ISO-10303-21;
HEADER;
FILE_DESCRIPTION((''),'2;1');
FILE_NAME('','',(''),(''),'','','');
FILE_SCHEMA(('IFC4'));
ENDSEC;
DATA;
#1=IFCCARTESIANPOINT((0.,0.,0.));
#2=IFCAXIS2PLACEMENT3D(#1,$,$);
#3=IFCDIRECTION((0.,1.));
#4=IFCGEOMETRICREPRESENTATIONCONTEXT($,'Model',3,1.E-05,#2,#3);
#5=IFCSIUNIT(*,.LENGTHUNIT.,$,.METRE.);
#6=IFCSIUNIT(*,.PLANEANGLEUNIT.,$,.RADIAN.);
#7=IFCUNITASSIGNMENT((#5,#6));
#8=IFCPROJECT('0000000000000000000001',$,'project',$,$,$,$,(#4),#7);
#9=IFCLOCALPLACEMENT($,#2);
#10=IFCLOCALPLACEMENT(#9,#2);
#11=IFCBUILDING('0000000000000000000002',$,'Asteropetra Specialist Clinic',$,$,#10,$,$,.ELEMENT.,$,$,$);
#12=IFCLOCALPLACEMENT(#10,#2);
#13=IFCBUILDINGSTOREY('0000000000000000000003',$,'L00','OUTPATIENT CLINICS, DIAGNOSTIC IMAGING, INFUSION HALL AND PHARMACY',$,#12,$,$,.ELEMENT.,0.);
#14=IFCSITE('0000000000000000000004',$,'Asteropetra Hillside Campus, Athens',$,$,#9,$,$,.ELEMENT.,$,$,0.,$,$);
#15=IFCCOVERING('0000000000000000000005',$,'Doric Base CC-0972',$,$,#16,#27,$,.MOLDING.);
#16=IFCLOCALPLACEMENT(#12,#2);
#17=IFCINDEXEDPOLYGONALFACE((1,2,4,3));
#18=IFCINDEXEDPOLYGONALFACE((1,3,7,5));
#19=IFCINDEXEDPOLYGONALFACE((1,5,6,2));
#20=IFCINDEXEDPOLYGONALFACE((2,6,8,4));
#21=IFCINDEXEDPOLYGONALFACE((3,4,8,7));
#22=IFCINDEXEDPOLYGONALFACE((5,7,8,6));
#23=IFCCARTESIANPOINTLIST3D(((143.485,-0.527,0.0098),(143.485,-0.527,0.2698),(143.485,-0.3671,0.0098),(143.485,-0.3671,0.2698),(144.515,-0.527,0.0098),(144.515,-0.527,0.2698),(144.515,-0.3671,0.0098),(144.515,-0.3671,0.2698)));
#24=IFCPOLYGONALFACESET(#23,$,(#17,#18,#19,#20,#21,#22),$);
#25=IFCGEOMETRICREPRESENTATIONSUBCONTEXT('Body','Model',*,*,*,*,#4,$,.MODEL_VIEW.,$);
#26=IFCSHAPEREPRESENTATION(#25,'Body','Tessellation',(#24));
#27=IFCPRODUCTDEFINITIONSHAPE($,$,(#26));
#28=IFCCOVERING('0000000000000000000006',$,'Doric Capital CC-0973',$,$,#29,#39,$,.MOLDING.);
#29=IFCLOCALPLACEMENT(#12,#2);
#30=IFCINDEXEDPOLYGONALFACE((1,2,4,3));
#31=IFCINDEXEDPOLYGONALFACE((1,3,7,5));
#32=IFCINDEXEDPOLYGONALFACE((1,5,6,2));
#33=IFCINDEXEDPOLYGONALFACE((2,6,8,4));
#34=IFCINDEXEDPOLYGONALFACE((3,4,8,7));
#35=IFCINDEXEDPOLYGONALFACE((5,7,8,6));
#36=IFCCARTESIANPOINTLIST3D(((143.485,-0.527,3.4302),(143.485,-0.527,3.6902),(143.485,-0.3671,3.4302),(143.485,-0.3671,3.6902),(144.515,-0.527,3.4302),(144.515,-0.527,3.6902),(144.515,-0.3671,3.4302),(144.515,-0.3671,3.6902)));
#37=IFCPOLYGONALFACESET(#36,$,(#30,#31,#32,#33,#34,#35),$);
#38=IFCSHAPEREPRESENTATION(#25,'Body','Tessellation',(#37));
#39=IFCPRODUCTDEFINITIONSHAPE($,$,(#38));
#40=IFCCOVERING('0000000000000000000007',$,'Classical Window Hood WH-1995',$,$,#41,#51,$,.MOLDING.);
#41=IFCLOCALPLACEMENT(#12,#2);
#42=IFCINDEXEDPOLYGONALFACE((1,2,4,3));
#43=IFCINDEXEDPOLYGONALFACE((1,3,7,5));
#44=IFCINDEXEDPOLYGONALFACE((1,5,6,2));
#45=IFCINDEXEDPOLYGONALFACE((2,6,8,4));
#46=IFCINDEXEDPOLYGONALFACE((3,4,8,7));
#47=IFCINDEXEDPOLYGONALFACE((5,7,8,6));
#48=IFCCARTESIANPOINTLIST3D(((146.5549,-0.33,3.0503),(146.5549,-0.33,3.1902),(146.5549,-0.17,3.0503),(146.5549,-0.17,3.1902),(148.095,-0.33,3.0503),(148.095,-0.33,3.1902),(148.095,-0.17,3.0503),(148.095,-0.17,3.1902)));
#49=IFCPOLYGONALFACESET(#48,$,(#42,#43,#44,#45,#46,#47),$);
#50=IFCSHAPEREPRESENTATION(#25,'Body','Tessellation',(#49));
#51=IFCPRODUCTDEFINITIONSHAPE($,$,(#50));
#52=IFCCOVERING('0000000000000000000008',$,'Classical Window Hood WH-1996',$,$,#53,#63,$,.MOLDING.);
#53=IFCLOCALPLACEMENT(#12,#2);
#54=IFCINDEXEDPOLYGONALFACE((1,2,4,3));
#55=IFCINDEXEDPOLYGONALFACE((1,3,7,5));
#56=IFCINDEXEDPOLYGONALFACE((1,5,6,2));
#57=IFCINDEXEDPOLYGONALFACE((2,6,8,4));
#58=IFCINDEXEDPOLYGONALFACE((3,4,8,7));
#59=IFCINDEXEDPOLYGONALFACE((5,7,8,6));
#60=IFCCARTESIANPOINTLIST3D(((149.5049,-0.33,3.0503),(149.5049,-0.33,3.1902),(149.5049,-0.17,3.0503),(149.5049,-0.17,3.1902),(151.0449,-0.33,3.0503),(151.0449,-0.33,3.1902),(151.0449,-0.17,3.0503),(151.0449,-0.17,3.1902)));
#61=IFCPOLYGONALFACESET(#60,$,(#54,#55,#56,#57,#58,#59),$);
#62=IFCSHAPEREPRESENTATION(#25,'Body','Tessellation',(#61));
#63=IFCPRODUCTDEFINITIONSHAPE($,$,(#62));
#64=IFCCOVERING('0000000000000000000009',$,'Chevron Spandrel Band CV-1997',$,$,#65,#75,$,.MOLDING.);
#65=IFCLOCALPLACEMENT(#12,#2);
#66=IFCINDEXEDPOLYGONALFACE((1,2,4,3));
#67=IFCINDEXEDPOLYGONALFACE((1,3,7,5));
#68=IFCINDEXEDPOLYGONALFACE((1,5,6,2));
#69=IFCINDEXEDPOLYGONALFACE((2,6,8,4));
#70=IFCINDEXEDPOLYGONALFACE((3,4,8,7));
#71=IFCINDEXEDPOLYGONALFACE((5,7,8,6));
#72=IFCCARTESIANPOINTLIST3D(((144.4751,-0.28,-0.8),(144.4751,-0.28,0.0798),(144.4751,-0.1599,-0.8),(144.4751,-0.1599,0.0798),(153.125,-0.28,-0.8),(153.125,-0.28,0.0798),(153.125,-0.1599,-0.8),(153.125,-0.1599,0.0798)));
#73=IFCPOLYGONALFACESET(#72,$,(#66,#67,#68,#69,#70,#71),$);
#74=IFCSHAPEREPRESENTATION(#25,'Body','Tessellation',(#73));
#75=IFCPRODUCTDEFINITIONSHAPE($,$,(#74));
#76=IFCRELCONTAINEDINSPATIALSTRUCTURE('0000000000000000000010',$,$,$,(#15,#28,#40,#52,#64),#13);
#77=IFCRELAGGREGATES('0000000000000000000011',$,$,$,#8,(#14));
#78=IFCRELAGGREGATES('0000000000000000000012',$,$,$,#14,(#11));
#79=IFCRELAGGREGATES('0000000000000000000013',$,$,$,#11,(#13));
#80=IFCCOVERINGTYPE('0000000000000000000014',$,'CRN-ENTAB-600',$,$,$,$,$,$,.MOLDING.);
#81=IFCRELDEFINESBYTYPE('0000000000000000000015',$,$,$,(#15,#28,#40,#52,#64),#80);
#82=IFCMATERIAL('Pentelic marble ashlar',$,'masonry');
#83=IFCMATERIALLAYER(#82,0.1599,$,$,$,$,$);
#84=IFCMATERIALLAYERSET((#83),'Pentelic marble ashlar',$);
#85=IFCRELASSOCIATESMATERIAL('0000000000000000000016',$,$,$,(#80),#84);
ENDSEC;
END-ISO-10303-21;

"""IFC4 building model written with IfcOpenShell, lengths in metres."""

from ifc_helpers import new_model, si_unit, direction, frame, origin, origin_2d, place, context, subcontext, project, spatial, rectangle, extrude, material, layer, layer_set, type_object, element, save


model = new_model("IFC4")

# Units and contexts
model_context = context("Model", 3, precision=1e-05, world=origin(), true_north=direction((0.0, 1.0)))
body_context = subcontext(model_context, "Body", "Model", "MODEL_VIEW")
ifc_project = project(units=[si_unit("LENGTHUNIT", "METRE"), si_unit("PLANEANGLEUNIT", "RADIAN")], contexts=[model_context])

# Site, building, storey
site_placement = place(None, origin())
site = spatial("IfcSite", under=ifc_project, at=site_placement, Name="Asteropetra Hillside Campus, Athens", CompositionType="ELEMENT", RefElevation=0.0)
building_placement = place(site_placement, origin())
building = spatial("IfcBuilding", under=site, at=building_placement, Name="Asteropetra Specialist Clinic", CompositionType="ELEMENT")
storey_placement = place(building_placement, origin())
storey = spatial("IfcBuildingStorey", under=building, at=storey_placement, Name="L00", Description="OUTPATIENT CLINICS, DIAGNOSTIC IMAGING, INFUSION HALL AND PHARMACY", CompositionType="ELEMENT", Elevation=0.0)

# Coverings
ifc_material_1 = material(Name="Pentelic marble ashlar", Category="masonry")
ifc_layer_1 = layer(ifc_material_1, 0.1599)
ifc_layer_set_1 = layer_set([ifc_layer_1], Name="Pentelic marble ashlar")
covering_type = type_object("IfcCoveringType", Name="CRN-ENTAB-600", PredefinedType="MOLDING", material=ifc_layer_set_1)
for number, where, z_axis, x_axis, name in (
    (1, (144.0, -0.447, 0.0098), (0.0, 0.0, 1.0), (1.0, 0.0, 0.0), "Doric Base CC-0972"),
    (2, (144.0, -0.447, 3.4302), (0.0, 0.0, 1.0), (1.0, 0.0, 0.0), "Doric Capital CC-0973"),
):
    element("IfcCovering", number, at=place(storey_placement, frame(where, z_axis=z_axis, x_axis=x_axis)), inside=storey, type_object=covering_type, Name=name, PredefinedType="MOLDING", context=body_context, shape_type="SweptSolid", body=[
        extrude(rectangle(XDim=1.03, YDim=0.1599, at=origin_2d()), origin(), (0.0, 0.0, 1.0), 0.26),
    ])
for number, where, z_axis, x_axis, name in (
    (3, (147.325, -0.25, 3.0503), (0.0, 0.0, 1.0), (1.0, 0.0, 0.0), "Classical Window Hood WH-1995"),
    (4, (150.2749, -0.25, 3.0503), (0.0, 0.0, 1.0), (1.0, 0.0, 0.0), "Classical Window Hood WH-1996"),
):
    element("IfcCovering", number, at=place(storey_placement, frame(where, z_axis=z_axis, x_axis=x_axis)), inside=storey, type_object=covering_type, Name=name, PredefinedType="MOLDING", context=body_context, shape_type="SweptSolid", body=[
        extrude(rectangle(XDim=1.54, YDim=0.1599, at=origin_2d()), origin(), (0.0, 0.0, 1.0), 0.1399),
    ])
covering_1_placement = place(storey_placement, frame((148.8, -0.22, -0.8), z_axis=(0.0, 0.0, 1.0), x_axis=(1.0, 0.0, 0.0)))
element("IfcCovering", 5, at=covering_1_placement, inside=storey, type_object=covering_type, Name="Chevron Spandrel Band CV-1997", PredefinedType="MOLDING", context=body_context, shape_type="SweptSolid", body=[
    extrude(rectangle(XDim=8.6499, YDim=0.1201, at=origin_2d()), origin(), (0.0, 0.0, 1.0), 0.8799),
])

save(model, "model.ifc")
